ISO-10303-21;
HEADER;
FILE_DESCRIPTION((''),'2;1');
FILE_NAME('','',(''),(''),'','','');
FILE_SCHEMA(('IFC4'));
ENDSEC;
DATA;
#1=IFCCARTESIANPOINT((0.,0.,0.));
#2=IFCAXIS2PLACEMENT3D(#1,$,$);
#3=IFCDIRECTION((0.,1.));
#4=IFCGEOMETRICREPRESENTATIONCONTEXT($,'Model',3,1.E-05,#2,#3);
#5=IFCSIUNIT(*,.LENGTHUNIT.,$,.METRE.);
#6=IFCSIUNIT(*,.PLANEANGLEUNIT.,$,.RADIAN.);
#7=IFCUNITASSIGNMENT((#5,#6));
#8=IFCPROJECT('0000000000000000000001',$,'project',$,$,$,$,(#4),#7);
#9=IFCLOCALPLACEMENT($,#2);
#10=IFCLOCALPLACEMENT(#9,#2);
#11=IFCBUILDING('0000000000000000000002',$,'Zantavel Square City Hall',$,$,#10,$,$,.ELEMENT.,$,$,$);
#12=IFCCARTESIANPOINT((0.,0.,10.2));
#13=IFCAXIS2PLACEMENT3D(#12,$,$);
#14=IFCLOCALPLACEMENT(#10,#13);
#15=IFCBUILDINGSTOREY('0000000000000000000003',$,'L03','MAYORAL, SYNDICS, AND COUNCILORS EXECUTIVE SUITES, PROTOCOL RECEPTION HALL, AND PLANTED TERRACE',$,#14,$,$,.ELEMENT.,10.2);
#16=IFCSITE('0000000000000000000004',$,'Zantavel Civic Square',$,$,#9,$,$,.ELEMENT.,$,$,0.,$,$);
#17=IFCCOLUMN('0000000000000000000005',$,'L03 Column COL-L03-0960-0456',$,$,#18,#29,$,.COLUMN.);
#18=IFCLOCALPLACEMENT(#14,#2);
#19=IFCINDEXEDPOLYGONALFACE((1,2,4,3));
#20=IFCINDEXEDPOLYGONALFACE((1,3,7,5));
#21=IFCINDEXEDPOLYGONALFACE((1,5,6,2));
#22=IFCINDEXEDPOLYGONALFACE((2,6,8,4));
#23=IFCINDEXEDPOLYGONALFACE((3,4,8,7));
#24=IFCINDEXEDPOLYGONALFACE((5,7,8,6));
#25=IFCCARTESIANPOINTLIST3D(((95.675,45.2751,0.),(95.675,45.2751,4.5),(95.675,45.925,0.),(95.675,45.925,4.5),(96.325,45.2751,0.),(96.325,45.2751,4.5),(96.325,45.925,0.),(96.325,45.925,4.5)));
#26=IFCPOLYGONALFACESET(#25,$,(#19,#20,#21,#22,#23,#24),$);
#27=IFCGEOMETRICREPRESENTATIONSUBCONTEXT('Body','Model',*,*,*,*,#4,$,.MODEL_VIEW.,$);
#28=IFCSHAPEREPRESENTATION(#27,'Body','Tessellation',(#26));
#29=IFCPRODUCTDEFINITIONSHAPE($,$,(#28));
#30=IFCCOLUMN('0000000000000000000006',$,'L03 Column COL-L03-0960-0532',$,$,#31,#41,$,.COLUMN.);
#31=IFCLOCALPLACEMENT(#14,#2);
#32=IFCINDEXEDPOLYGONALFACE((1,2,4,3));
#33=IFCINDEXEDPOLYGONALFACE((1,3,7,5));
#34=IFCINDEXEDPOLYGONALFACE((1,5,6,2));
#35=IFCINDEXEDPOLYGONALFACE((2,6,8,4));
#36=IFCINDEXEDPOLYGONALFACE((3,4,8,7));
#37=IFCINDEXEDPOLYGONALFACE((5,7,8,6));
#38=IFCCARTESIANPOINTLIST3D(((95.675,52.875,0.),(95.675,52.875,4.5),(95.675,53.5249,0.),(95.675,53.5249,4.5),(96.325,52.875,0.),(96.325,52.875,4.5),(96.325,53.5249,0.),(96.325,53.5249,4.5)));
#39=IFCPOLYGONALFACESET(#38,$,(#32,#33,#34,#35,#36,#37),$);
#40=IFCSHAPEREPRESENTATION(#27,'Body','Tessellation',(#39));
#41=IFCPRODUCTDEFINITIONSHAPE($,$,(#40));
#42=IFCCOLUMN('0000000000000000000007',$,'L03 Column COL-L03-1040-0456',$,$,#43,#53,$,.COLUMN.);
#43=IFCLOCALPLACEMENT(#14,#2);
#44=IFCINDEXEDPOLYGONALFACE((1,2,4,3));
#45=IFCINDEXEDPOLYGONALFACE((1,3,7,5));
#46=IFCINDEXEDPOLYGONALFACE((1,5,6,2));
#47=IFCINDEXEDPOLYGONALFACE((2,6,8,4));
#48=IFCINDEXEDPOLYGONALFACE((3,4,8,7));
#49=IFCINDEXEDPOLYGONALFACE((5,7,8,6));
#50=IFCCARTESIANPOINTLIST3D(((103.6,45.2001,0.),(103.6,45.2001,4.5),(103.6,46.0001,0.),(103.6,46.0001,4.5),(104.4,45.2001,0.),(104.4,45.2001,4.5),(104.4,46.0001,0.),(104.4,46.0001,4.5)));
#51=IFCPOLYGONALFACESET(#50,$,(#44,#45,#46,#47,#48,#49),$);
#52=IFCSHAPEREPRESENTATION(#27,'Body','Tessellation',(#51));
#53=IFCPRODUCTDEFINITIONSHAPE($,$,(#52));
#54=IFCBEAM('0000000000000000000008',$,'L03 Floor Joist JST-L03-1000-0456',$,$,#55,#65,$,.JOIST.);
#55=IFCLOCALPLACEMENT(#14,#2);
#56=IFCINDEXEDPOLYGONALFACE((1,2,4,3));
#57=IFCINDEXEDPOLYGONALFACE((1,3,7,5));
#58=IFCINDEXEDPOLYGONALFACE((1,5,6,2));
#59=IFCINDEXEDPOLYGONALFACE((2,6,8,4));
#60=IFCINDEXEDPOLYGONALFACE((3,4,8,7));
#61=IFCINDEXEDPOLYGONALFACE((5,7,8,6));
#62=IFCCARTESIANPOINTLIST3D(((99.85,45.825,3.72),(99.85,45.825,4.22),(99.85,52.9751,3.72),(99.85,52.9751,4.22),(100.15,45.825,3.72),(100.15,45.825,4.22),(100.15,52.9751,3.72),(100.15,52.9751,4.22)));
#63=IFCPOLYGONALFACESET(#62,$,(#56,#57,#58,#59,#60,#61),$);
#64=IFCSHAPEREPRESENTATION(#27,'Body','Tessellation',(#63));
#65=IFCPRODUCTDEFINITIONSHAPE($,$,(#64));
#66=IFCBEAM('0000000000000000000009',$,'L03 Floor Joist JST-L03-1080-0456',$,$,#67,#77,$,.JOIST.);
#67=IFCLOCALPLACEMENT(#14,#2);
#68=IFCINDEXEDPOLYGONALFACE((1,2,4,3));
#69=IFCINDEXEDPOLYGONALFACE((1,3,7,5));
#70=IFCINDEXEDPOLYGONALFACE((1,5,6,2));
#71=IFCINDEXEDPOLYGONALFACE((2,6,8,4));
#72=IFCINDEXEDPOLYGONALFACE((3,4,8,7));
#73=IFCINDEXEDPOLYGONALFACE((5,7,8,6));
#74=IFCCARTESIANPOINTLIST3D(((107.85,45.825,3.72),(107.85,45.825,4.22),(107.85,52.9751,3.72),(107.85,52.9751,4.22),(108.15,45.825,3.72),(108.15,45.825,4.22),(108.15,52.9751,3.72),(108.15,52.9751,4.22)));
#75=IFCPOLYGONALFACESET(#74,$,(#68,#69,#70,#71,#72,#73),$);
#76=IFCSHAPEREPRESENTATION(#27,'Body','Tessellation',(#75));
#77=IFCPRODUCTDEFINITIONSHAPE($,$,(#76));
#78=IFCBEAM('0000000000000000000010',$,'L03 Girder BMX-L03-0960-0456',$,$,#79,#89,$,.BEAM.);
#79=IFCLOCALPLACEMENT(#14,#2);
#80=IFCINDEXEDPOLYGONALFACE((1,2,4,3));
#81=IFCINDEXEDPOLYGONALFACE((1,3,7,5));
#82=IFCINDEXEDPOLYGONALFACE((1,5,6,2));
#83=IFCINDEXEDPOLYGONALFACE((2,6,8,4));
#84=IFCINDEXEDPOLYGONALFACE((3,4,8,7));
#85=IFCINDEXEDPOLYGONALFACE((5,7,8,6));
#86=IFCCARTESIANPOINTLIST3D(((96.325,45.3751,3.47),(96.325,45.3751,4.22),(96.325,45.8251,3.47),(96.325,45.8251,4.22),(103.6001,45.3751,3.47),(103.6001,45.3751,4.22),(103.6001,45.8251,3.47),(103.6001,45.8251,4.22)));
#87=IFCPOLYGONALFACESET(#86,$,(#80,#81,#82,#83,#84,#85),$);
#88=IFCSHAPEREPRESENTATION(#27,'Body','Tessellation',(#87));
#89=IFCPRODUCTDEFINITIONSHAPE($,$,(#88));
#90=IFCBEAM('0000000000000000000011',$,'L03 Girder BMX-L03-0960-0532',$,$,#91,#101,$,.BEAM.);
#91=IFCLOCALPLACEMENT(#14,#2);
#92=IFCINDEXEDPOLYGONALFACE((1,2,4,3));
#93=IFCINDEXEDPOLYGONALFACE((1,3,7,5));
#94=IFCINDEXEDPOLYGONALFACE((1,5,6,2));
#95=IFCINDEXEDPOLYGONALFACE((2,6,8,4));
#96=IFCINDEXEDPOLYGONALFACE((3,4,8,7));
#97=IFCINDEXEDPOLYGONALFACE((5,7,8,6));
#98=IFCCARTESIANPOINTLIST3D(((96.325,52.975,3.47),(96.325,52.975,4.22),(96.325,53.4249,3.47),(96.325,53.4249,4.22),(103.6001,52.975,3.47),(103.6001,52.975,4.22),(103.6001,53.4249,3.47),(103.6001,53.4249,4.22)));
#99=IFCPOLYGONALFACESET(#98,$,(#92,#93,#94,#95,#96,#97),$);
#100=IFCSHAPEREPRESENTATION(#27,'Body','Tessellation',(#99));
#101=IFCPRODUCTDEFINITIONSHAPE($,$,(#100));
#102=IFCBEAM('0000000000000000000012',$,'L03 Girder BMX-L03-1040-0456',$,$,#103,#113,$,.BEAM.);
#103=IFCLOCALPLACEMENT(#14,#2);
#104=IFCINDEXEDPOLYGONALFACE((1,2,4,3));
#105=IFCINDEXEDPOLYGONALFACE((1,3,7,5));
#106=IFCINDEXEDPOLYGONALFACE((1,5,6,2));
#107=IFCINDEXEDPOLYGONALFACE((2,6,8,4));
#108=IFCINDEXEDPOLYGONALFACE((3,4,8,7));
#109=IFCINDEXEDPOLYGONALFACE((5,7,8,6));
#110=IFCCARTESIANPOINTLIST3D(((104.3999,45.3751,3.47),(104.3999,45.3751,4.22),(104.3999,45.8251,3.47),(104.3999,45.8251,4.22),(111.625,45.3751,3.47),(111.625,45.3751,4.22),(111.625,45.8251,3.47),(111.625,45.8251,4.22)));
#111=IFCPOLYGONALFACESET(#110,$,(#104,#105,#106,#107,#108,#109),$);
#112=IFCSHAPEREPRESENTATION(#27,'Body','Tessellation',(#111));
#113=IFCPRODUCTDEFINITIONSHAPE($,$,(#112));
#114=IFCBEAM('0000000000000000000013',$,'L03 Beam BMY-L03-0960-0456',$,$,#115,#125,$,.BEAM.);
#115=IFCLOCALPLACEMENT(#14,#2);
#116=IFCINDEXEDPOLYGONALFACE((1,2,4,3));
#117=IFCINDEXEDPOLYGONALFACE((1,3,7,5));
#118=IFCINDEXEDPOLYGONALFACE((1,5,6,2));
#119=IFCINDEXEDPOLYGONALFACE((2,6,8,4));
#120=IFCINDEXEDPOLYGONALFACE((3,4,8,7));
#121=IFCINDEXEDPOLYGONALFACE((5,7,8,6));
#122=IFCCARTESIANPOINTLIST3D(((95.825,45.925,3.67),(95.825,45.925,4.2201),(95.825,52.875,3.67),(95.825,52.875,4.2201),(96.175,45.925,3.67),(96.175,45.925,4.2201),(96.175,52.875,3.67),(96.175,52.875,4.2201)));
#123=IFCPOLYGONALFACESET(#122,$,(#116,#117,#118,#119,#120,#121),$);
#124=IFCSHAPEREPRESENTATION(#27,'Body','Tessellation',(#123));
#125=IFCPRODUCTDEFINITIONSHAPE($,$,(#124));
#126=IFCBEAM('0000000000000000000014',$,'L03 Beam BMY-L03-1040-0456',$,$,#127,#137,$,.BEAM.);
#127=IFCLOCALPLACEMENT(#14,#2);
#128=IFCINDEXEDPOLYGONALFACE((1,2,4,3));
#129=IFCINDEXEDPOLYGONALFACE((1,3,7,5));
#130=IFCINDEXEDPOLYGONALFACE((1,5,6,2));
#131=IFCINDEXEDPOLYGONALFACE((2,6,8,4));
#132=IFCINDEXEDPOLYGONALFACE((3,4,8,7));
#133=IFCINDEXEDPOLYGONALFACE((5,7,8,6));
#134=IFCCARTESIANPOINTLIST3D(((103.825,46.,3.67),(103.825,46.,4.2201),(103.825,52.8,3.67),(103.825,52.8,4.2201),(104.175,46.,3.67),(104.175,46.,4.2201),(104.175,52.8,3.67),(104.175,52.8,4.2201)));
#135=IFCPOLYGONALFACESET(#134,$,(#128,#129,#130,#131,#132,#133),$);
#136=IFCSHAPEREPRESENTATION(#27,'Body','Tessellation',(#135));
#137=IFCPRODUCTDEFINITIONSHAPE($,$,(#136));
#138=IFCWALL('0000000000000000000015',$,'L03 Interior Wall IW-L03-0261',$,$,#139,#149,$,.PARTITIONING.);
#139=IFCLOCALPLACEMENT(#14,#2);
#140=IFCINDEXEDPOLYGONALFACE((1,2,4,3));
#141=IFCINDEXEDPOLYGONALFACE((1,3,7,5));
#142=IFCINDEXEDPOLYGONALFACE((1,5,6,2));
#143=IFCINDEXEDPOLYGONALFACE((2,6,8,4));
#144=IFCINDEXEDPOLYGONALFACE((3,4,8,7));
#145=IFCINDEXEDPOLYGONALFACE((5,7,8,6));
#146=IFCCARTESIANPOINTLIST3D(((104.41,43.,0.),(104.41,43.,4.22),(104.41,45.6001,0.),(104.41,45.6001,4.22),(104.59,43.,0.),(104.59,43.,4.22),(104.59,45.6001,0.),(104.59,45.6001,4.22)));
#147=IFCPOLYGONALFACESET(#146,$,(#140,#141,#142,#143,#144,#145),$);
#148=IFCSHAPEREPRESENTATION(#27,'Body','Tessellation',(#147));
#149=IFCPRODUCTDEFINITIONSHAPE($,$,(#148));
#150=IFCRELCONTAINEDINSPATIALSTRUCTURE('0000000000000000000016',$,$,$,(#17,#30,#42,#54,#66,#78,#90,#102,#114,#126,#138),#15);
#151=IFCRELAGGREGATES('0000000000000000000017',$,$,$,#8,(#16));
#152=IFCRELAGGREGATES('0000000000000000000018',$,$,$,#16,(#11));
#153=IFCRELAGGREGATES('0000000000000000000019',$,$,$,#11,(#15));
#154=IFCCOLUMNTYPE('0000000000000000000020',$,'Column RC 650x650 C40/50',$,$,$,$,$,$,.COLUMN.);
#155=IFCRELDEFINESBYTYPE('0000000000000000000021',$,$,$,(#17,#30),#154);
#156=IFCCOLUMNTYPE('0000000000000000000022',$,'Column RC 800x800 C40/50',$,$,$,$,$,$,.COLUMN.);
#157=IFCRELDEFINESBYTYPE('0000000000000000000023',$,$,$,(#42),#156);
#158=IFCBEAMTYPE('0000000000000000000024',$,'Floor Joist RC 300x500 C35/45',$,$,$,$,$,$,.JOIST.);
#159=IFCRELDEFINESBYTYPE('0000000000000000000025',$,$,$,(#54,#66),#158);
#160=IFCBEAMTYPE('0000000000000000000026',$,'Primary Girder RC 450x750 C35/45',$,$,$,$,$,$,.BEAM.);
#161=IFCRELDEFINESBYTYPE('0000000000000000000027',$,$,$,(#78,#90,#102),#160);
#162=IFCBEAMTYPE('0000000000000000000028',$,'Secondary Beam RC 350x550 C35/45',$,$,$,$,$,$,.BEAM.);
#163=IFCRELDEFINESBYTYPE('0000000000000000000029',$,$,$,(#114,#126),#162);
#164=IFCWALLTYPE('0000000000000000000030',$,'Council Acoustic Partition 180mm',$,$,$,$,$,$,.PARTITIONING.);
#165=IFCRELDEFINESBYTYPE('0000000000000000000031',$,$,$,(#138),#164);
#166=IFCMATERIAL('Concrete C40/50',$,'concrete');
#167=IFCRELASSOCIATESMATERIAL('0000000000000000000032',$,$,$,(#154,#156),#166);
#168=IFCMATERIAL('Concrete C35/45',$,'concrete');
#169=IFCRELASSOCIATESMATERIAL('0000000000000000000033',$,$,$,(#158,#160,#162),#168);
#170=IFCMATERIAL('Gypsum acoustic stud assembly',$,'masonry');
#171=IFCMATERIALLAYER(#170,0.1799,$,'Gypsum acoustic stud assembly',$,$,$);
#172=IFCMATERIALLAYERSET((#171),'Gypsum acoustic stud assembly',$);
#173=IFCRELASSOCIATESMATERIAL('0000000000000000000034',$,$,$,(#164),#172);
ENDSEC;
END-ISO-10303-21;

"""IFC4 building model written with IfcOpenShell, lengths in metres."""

from ifc_helpers import new_model, si_unit, direction, frame, frame_2d, origin, origin_2d, place, context, subcontext, project, spatial, rectangle, extrude, material, layer, layer_set, material_profile, profile_set, type_object, element, save


model = new_model("IFC4")

# Units and contexts
model_context = context("Model", 3, precision=1e-05, world=origin(), true_north=direction((0.0, 1.0)))
body_context = subcontext(model_context, "Body", "Model", "MODEL_VIEW")
ifc_project = project(units=[si_unit("LENGTHUNIT", "METRE"), si_unit("PLANEANGLEUNIT", "RADIAN")], contexts=[model_context])

# Site, building, storey
site_placement = place(None, origin())
site = spatial("IfcSite", under=ifc_project, at=site_placement, Name="Zantavel Civic Square", CompositionType="ELEMENT", RefElevation=0.0)
building_placement = place(site_placement, origin())
building = spatial("IfcBuilding", under=site, at=building_placement, Name="Zantavel Square City Hall", CompositionType="ELEMENT")
storey_placement = place(building_placement, frame((0.0, 0.0, 10.2)))
storey = spatial("IfcBuildingStorey", under=building, at=storey_placement, Name="L03", Description="MAYORAL, SYNDICS, AND COUNCILORS EXECUTIVE SUITES, PROTOCOL RECEPTION HALL, AND PLANTED TERRACE", CompositionType="ELEMENT", Elevation=10.2)

# Columns
ifc_material_1 = material(Name="Concrete C40/50", Category="concrete")
ifc_material_profile_1 = material_profile(ifc_material_1, rectangle(XDim=0.6499, YDim=0.6499, at=origin_2d()), Name="RC 650x650")
ifc_profile_set_1 = profile_set([ifc_material_profile_1], Name="Concrete C40/50")
column_type_1 = type_object("IfcColumnType", Name="Column RC 650x650 C40/50", PredefinedType="COLUMN", material=ifc_profile_set_1)
for number, where, z_axis, x_axis, name in (
    (1, (96.0, 45.6001, 0.0), (0.0, 0.0, 1.0), (1.0, 0.0, 0.0), "L03 Column COL-L03-0960-0456"),
    (2, (96.0, 53.2, 0.0), (0.0, 0.0, 1.0), (1.0, 0.0, 0.0), "L03 Column COL-L03-0960-0532"),
):
    element("IfcColumn", number, at=place(storey_placement, frame(where, z_axis=z_axis, x_axis=x_axis)), inside=storey, type_object=column_type_1, Name=name, PredefinedType="COLUMN", context=body_context, shape_type="SweptSolid", body=[
        extrude(rectangle(XDim=0.6499, YDim=0.6499, at=origin_2d()), origin(), (0.0, 0.0, 1.0), 4.5),
    ])
ifc_material_profile_2 = material_profile(ifc_material_1, rectangle(XDim=0.8, YDim=0.8, at=origin_2d()), Name="RC 800x800")
ifc_profile_set_2 = profile_set([ifc_material_profile_2], Name="Concrete C40/50")
column_type_2 = type_object("IfcColumnType", Name="Column RC 800x800 C40/50", PredefinedType="COLUMN", material=ifc_profile_set_2)
column_placement = place(storey_placement, frame((104.0, 45.6001, 0.0), z_axis=(0.0, 0.0, 1.0), x_axis=(1.0, 0.0, 0.0)))
element("IfcColumn", 3, at=column_placement, inside=storey, type_object=column_type_2, Name="L03 Column COL-L03-1040-0456", PredefinedType="COLUMN", context=body_context, shape_type="SweptSolid", body=[
    extrude(rectangle(XDim=0.8, YDim=0.8, at=origin_2d()), origin(), (0.0, 0.0, 1.0), 4.5),
])

# Beams
ifc_material_2 = material(Name="Concrete C35/45", Category="concrete")
ifc_material_profile_3 = material_profile(ifc_material_2, rectangle(XDim=0.3, YDim=0.5, at=origin_2d()), Name="RC 300x500")
ifc_profile_set_3 = profile_set([ifc_material_profile_3], Name="Concrete C35/45")
beam_type_1 = type_object("IfcBeamType", Name="Floor Joist RC 300x500 C35/45", PredefinedType="JOIST", material=ifc_profile_set_3)
for number, where, z_axis, x_axis, name in (
    (4, (100.0, 45.825, 3.97), (0.0, 1.0, 0.0), (-1.0, 0.0, 0.0), "L03 Floor Joist JST-L03-1000-0456"),
    (5, (108.0, 45.825, 3.97), (0.0, 1.0, 0.0), (-1.0, 0.0, 0.0), "L03 Floor Joist JST-L03-1080-0456"),
):
    element("IfcBeam", number, at=place(storey_placement, frame(where, z_axis=z_axis, x_axis=x_axis)), inside=storey, type_object=beam_type_1, Name=name, PredefinedType="JOIST", context=body_context, shape_type="SweptSolid", body=[
        extrude(rectangle(XDim=0.3, YDim=0.5, at=origin_2d()), origin(), (0.0, 0.0, 1.0), 7.1501),
    ])
ifc_material_profile_4 = material_profile(ifc_material_2, rectangle(XDim=0.45, YDim=0.75, at=origin_2d()), Name="RC 450x750")
ifc_profile_set_4 = profile_set([ifc_material_profile_4], Name="Concrete C35/45")
beam_type_2 = type_object("IfcBeamType", Name="Primary Girder RC 450x750 C35/45", PredefinedType="BEAM", material=ifc_profile_set_4)
for number, where, z_axis, x_axis, name in (
    (6, (96.325, 45.6001, 3.845), (1.0, 0.0, 0.0), (0.0, 1.0, 0.0), "L03 Girder BMX-L03-0960-0456"),
    (7, (96.325, 53.2, 3.845), (1.0, 0.0, 0.0), (0.0, 1.0, 0.0), "L03 Girder BMX-L03-0960-0532"),
):
    element("IfcBeam", number, at=place(storey_placement, frame(where, z_axis=z_axis, x_axis=x_axis)), inside=storey, type_object=beam_type_2, Name=name, PredefinedType="BEAM", context=body_context, shape_type="SweptSolid", body=[
        extrude(rectangle(XDim=0.45, YDim=0.75, at=origin_2d()), origin(), (0.0, 0.0, 1.0), 7.2751),
    ])
beam_1_placement = place(storey_placement, frame((104.3999, 45.6001, 3.845), z_axis=(1.0, 0.0, 0.0), x_axis=(0.0, 1.0, 0.0)))
element("IfcBeam", 8, at=beam_1_placement, inside=storey, type_object=beam_type_2, Name="L03 Girder BMX-L03-1040-0456", PredefinedType="BEAM", context=body_context, shape_type="SweptSolid", body=[
    extrude(rectangle(XDim=0.45, YDim=0.75, at=origin_2d()), origin(), (0.0, 0.0, 1.0), 7.2251),
])
ifc_material_profile_5 = material_profile(ifc_material_2, rectangle(XDim=0.3501, YDim=0.55, at=origin_2d()), Name="RC 350x550")
ifc_profile_set_5 = profile_set([ifc_material_profile_5], Name="Concrete C35/45")
beam_type_3 = type_object("IfcBeamType", Name="Secondary Beam RC 350x550 C35/45", PredefinedType="BEAM", material=ifc_profile_set_5)
beam_2_placement = place(storey_placement, frame((96.0, 45.925, 3.9451), z_axis=(0.0, 1.0, 0.0), x_axis=(-1.0, 0.0, 0.0)))
element("IfcBeam", 9, at=beam_2_placement, inside=storey, type_object=beam_type_3, Name="L03 Beam BMY-L03-0960-0456", PredefinedType="BEAM", context=body_context, shape_type="SweptSolid", body=[
    extrude(rectangle(XDim=0.3501, YDim=0.55, at=origin_2d()), origin(), (0.0, 0.0, 1.0), 6.95),
])
beam_3_placement = place(storey_placement, frame((104.0, 46.0, 3.9451), z_axis=(0.0, 1.0, 0.0), x_axis=(-1.0, 0.0, 0.0)))
element("IfcBeam", 10, at=beam_3_placement, inside=storey, type_object=beam_type_3, Name="L03 Beam BMY-L03-1040-0456", PredefinedType="BEAM", context=body_context, shape_type="SweptSolid", body=[
    extrude(rectangle(XDim=0.3501, YDim=0.55, at=origin_2d()), origin(), (0.0, 0.0, 1.0), 6.8),
])

# Wall
ifc_material_3 = material(Name="Gypsum acoustic stud assembly", Category="masonry")
ifc_layer_1 = layer(ifc_material_3, 0.1799, Name="Gypsum acoustic stud assembly")
ifc_layer_set_1 = layer_set([ifc_layer_1], Name="Gypsum acoustic stud assembly")
wall_type_1 = type_object("IfcWallType", Name="Council Acoustic Partition 180mm", PredefinedType="PARTITIONING", material=ifc_layer_set_1)
wall_1_placement = place(storey_placement, frame((104.5, 45.6001, 0.0), z_axis=(0.0, 0.0, 1.0), x_axis=(0.0, -1.0, 0.0)))
element("IfcWall", 11, at=wall_1_placement, inside=storey, type_object=wall_type_1, Name="L03 Interior Wall IW-L03-0261", PredefinedType="PARTITIONING", context=body_context, shape_type="SweptSolid", body=[
    extrude(rectangle(XDim=2.6001, YDim=0.1799, at=frame_2d((1.3, 0.0))), origin(), (0.0, 0.0, 1.0), 4.22),
])

save(model, "model.ifc")
